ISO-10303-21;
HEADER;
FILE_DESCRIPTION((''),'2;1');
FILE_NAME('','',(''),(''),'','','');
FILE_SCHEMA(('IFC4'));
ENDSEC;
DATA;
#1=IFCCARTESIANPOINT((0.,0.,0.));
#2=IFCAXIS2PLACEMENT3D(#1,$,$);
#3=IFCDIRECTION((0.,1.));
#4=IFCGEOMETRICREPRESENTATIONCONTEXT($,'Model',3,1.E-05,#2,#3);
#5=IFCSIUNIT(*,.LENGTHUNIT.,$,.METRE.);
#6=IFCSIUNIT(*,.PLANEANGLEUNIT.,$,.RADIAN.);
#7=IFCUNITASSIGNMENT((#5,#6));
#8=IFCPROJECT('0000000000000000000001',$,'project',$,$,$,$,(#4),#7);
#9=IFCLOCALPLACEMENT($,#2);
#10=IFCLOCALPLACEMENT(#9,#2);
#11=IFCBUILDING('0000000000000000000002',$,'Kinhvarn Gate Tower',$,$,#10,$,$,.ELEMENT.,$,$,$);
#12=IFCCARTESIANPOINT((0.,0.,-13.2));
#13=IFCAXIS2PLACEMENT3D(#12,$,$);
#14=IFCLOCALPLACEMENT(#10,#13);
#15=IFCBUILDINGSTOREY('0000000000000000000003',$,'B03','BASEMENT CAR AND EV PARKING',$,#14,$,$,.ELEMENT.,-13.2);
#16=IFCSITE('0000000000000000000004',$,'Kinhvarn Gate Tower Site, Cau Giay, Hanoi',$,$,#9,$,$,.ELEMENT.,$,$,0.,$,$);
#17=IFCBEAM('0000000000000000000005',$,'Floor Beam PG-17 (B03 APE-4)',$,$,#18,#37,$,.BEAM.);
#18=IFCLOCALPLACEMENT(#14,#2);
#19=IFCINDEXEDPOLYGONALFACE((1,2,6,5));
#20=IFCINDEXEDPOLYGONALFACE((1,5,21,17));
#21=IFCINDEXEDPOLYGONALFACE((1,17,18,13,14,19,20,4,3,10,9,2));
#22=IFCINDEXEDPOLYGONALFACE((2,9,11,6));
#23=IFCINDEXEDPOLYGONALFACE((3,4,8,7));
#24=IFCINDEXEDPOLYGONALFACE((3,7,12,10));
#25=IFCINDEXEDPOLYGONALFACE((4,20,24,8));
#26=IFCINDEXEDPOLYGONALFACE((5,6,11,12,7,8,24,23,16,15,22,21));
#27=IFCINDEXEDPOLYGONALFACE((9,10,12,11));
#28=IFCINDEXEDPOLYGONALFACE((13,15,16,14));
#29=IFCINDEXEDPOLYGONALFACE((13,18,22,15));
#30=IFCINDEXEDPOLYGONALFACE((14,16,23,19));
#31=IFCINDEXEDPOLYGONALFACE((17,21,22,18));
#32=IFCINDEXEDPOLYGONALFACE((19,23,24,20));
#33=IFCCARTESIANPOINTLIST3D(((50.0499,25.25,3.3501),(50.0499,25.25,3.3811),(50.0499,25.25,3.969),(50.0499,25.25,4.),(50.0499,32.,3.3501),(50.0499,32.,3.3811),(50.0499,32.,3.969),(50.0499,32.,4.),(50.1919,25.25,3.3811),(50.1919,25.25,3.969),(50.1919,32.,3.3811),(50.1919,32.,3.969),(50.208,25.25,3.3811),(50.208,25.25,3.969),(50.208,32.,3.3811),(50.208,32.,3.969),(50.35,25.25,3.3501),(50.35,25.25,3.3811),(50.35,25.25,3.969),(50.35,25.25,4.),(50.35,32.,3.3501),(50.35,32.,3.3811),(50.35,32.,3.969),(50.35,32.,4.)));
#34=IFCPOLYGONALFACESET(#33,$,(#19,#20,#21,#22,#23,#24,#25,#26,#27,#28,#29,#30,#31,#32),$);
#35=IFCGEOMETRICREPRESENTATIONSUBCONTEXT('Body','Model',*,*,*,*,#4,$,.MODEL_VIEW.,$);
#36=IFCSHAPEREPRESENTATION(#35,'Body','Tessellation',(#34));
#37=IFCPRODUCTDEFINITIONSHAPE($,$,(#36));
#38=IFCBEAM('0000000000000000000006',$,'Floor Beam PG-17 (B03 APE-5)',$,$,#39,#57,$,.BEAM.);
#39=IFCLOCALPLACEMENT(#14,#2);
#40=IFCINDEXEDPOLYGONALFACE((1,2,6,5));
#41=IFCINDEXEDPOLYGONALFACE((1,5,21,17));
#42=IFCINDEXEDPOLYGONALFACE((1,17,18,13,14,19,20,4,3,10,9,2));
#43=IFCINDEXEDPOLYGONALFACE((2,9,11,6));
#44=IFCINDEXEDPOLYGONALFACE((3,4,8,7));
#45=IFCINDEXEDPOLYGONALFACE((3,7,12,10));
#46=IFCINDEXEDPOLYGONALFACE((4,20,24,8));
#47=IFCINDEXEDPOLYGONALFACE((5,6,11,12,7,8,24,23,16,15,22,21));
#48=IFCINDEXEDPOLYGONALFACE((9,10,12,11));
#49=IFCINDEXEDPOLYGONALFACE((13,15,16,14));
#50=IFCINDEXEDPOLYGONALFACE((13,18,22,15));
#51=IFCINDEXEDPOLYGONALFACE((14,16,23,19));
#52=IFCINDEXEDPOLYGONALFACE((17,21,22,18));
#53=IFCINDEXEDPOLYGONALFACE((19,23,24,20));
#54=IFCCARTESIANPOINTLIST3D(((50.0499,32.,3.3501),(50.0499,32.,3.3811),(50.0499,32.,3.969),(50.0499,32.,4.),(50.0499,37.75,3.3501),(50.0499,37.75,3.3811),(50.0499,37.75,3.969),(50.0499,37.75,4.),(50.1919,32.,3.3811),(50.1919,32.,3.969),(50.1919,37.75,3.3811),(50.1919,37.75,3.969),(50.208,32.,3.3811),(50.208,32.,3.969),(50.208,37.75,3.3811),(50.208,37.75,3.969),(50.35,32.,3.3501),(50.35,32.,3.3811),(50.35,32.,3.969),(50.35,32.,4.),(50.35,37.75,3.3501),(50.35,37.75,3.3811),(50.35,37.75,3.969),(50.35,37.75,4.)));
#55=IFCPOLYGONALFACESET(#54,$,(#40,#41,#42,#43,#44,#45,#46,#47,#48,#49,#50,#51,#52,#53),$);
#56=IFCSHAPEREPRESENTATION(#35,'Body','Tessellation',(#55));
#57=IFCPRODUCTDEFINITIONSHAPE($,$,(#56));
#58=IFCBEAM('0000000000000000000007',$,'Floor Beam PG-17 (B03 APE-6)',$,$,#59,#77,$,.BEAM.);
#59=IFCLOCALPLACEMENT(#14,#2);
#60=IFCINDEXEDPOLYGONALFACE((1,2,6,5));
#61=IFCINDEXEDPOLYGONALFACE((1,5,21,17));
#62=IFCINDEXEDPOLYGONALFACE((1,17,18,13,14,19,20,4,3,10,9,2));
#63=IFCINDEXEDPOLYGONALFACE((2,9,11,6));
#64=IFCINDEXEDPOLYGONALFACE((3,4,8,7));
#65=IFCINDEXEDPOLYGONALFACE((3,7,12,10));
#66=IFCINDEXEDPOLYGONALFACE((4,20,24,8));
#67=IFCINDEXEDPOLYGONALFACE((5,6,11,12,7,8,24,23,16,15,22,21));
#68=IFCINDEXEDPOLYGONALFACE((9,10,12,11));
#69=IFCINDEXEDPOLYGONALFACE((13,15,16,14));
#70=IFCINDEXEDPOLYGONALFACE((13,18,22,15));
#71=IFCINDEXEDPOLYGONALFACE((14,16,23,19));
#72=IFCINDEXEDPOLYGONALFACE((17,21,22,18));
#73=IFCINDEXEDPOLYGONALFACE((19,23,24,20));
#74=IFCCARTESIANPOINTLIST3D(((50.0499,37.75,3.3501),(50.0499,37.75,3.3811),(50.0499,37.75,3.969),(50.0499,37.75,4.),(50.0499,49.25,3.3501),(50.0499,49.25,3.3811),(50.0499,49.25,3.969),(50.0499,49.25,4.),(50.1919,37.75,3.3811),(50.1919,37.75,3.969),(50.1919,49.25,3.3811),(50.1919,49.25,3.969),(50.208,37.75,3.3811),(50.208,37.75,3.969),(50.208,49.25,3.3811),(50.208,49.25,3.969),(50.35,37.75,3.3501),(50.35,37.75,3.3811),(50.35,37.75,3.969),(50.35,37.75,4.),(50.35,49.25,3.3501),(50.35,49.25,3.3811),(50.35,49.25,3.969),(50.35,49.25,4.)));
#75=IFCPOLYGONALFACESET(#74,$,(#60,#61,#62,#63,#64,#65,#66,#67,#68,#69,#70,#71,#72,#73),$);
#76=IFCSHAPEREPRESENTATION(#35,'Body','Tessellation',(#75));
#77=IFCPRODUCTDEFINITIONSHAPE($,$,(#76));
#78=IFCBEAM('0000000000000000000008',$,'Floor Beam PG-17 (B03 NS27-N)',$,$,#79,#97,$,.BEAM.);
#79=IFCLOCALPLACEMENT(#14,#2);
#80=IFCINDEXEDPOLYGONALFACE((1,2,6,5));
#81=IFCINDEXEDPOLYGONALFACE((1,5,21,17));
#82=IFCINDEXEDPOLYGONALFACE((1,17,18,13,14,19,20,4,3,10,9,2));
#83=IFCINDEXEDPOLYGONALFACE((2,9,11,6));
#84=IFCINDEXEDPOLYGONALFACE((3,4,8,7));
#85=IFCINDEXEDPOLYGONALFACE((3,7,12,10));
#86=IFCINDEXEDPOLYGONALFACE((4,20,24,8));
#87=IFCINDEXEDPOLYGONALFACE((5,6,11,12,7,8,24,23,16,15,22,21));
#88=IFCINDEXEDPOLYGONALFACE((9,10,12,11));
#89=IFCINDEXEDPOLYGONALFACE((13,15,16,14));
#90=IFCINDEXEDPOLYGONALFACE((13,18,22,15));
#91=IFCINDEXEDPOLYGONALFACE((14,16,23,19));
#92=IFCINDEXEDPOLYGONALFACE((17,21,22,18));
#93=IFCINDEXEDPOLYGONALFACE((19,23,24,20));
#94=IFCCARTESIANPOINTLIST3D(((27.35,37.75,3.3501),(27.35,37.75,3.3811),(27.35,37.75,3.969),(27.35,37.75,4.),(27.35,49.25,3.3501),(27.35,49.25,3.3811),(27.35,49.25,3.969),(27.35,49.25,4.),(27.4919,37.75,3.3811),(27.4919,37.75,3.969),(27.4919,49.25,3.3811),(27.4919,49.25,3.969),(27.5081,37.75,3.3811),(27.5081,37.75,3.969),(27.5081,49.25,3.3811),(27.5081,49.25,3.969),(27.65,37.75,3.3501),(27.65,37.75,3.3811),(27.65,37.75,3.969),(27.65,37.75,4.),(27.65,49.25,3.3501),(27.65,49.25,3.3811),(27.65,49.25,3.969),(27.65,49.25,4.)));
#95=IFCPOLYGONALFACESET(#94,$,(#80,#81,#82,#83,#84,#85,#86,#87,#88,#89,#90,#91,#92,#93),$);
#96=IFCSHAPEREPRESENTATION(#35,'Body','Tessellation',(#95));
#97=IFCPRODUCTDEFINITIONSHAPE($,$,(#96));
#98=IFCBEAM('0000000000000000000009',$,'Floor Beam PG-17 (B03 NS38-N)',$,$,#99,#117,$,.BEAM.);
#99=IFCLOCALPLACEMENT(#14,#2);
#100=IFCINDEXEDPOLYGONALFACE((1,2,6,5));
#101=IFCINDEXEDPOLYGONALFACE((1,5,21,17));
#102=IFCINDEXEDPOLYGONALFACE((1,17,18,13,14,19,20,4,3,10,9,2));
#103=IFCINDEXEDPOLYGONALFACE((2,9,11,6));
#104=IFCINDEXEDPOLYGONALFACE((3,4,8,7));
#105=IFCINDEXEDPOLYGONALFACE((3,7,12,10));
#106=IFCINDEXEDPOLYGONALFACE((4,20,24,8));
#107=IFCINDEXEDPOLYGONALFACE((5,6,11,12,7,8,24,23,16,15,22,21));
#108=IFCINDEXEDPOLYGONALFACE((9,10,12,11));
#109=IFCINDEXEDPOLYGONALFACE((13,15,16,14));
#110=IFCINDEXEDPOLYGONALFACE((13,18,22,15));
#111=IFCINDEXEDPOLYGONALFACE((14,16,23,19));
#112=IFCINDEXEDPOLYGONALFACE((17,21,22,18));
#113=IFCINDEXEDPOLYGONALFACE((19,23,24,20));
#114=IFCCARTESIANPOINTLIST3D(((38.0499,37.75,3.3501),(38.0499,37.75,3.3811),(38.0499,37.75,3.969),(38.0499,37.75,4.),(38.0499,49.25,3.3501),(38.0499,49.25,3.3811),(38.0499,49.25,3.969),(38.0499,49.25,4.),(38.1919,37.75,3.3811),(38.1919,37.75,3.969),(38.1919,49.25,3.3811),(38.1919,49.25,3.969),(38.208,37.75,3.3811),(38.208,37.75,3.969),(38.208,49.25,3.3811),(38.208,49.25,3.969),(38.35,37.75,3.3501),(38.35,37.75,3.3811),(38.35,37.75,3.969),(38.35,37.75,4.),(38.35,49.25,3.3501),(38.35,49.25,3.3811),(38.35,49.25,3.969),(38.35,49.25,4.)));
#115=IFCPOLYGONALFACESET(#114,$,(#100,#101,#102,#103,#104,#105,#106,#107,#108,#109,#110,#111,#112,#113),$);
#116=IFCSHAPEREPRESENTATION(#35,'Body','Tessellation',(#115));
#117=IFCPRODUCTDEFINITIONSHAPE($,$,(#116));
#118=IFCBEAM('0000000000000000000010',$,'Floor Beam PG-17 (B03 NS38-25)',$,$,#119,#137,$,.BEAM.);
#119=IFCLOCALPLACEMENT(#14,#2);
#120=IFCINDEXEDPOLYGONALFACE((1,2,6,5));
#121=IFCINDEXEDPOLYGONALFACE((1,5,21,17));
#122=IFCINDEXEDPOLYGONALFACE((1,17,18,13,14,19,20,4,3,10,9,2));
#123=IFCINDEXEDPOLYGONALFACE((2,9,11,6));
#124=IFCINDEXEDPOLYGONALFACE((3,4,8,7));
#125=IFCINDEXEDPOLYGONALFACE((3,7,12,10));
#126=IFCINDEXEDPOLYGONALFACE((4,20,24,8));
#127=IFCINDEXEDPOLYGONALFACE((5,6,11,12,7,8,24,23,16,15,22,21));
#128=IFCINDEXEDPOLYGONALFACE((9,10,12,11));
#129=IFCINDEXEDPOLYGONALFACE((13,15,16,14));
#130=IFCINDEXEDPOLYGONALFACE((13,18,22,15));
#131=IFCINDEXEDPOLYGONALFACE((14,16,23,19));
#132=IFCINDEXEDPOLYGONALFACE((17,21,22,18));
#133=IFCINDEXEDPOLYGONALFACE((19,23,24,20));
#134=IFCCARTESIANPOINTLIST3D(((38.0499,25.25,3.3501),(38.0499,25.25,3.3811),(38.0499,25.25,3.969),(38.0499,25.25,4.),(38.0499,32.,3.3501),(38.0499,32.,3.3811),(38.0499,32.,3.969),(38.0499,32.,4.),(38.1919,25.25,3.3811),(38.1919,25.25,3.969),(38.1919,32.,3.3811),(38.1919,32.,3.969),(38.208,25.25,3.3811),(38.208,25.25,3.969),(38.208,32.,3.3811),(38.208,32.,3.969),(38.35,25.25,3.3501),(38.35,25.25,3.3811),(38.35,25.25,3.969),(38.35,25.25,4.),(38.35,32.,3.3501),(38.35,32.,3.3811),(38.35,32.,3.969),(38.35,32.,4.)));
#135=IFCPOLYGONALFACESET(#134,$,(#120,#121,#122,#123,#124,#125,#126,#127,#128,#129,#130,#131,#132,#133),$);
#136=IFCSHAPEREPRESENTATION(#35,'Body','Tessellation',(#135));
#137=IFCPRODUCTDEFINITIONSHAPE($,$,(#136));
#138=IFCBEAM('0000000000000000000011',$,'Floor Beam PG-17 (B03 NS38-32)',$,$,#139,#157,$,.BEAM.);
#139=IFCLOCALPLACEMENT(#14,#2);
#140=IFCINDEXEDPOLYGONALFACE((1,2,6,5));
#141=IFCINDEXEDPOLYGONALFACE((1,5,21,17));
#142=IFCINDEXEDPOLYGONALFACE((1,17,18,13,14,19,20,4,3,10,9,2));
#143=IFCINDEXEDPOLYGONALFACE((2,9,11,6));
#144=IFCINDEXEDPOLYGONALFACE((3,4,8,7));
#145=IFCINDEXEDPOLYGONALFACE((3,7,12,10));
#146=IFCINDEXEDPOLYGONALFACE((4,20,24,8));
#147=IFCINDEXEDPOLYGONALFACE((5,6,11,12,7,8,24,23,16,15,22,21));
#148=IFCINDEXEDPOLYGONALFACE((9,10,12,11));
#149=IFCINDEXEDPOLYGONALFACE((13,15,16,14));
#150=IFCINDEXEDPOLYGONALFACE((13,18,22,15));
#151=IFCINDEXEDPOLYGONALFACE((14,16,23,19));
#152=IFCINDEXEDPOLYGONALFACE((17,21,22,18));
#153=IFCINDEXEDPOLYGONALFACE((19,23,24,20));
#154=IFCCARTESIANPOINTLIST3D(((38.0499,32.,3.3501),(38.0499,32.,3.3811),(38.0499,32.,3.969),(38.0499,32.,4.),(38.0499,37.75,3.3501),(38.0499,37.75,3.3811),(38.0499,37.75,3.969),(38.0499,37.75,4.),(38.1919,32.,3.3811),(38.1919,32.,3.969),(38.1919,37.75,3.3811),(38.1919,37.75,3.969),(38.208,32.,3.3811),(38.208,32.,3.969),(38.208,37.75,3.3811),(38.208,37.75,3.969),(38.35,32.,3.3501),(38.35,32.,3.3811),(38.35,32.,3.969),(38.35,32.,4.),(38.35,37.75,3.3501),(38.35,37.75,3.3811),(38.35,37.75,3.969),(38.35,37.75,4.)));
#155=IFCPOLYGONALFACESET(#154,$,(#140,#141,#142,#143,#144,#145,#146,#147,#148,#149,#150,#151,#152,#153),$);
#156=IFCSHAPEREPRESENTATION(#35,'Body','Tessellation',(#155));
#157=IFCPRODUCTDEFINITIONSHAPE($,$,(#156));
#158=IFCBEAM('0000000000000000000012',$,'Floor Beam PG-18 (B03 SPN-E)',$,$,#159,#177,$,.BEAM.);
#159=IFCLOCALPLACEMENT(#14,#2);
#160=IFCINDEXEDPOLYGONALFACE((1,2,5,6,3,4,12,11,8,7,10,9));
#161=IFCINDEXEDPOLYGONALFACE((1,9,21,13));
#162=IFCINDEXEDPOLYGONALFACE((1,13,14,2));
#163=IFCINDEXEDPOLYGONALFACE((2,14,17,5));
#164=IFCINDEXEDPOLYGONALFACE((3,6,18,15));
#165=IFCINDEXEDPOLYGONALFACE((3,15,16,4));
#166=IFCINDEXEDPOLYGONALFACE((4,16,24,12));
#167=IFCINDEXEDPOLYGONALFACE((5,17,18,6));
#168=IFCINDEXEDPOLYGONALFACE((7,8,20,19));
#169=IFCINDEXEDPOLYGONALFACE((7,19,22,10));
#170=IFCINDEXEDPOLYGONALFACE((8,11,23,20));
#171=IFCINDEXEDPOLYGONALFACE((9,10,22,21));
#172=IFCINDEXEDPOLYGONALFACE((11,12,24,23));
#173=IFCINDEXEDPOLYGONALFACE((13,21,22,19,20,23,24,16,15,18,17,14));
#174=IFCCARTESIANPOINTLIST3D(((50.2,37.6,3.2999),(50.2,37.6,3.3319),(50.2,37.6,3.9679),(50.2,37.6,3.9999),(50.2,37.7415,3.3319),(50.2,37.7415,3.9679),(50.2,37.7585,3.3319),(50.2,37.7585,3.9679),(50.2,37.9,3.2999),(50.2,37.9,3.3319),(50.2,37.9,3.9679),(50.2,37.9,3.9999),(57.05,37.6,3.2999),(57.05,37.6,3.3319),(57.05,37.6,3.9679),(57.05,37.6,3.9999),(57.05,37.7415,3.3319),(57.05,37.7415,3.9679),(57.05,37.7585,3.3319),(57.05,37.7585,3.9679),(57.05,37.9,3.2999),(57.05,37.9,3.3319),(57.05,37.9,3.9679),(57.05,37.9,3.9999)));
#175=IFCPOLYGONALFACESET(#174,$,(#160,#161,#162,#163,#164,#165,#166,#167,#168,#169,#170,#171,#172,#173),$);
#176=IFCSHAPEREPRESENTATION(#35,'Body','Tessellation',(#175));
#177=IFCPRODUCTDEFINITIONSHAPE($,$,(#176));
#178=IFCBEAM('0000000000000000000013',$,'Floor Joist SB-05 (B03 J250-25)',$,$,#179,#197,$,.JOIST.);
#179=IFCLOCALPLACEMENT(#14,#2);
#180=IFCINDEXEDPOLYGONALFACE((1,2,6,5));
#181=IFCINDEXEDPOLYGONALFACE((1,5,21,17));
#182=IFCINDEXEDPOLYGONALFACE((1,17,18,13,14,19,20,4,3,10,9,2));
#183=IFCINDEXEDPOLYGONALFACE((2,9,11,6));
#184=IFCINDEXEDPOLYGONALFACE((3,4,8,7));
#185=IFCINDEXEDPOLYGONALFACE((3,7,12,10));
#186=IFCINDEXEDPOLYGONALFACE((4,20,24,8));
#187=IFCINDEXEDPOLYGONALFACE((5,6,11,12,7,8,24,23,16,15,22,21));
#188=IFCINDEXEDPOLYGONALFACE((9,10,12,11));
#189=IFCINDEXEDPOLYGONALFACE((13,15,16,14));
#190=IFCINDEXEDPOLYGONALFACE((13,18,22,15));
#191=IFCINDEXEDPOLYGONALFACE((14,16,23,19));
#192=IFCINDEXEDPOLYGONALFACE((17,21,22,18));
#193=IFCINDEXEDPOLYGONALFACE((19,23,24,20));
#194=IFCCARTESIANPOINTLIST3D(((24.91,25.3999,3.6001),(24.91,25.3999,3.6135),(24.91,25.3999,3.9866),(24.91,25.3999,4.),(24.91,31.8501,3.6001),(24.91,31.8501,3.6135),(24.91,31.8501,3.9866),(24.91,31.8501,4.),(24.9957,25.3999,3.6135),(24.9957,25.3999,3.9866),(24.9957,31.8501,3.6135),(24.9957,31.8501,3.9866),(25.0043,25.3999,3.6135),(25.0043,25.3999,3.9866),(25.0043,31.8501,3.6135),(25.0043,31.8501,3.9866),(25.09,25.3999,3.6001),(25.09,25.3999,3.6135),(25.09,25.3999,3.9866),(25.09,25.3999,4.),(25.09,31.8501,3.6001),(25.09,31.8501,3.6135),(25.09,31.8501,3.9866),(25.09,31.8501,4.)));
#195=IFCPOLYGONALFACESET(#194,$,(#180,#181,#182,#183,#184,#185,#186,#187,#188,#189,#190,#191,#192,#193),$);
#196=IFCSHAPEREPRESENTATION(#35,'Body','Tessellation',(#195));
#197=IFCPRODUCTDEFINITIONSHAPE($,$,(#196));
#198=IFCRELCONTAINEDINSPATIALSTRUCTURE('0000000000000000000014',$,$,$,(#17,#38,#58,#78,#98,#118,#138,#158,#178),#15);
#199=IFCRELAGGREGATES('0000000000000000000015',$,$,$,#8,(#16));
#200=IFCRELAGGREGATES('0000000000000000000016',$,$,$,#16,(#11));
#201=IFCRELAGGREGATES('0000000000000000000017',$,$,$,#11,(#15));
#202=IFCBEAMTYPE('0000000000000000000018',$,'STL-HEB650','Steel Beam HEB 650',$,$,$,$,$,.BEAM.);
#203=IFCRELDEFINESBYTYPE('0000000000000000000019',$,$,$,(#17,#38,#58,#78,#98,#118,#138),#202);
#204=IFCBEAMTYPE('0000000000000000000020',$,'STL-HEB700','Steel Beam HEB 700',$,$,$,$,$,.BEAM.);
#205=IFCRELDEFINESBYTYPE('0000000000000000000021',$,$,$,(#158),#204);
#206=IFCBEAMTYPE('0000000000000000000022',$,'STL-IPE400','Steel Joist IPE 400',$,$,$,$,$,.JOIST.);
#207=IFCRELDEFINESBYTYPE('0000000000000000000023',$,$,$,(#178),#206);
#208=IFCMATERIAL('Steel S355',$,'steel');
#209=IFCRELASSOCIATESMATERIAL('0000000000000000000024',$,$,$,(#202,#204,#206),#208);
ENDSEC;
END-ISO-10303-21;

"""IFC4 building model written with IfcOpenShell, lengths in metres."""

from ifc_helpers import new_model, si_unit, direction, frame, origin, origin_2d, place, context, subcontext, project, spatial, i_section, extrude, material, material_profile, profile_set, type_object, element, save


model = new_model("IFC4")

# Units and contexts
model_context = context("Model", 3, precision=1e-05, world=origin(), true_north=direction((0.0, 1.0)))
body_context = subcontext(model_context, "Body", "Model", "MODEL_VIEW")
ifc_project = project(units=[si_unit("LENGTHUNIT", "METRE"), si_unit("PLANEANGLEUNIT", "RADIAN")], contexts=[model_context])

# Site, building, storey
site_placement = place(None, origin())
site = spatial("IfcSite", under=ifc_project, at=site_placement, Name="Kinhvarn Gate Tower Site, Cau Giay, Hanoi", CompositionType="ELEMENT", RefElevation=0.0)
building_placement = place(site_placement, origin())
building = spatial("IfcBuilding", under=site, at=building_placement, Name="Kinhvarn Gate Tower", CompositionType="ELEMENT")
storey_placement = place(building_placement, frame((0.0, 0.0, -13.2)))
storey = spatial("IfcBuildingStorey", under=building, at=storey_placement, Name="B03", Description="BASEMENT CAR AND EV PARKING", CompositionType="ELEMENT", Elevation=-13.2)

# Beams
ifc_material = material(Name="Steel S355", Category="steel")
ifc_material_profile_1 = material_profile(ifc_material, i_section(OverallWidth=0.3, OverallDepth=0.6499, WebThickness=0.0161, FlangeThickness=0.031, at=origin_2d()), Name="HEB 650")
ifc_profile_set_1 = profile_set([ifc_material_profile_1], Name="Steel S355")
beam_type_1 = type_object("IfcBeamType", Name="STL-HEB650", Description="Steel Beam HEB 650", PredefinedType="BEAM", material=ifc_profile_set_1)
beam_1_placement = place(storey_placement, frame((50.2, 25.25, 3.675), z_axis=(0.0, 1.0, 0.0), x_axis=(-1.0, 0.0, 0.0)))
element("IfcBeam", 1, at=beam_1_placement, inside=storey, type_object=beam_type_1, Name="Floor Beam PG-17 (B03 APE-4)", PredefinedType="BEAM", context=body_context, shape_type="SweptSolid", body=[
    extrude(i_section(OverallWidth=0.3, OverallDepth=0.6499, WebThickness=0.0161, FlangeThickness=0.031, at=origin_2d()), origin(), (0.0, 0.0, 1.0), 6.75),
])
beam_2_placement = place(storey_placement, frame((50.2, 32.0, 3.675), z_axis=(0.0, 1.0, 0.0), x_axis=(-1.0, 0.0, 0.0)))
element("IfcBeam", 2, at=beam_2_placement, inside=storey, type_object=beam_type_1, Name="Floor Beam PG-17 (B03 APE-5)", PredefinedType="BEAM", context=body_context, shape_type="SweptSolid", body=[
    extrude(i_section(OverallWidth=0.3, OverallDepth=0.6499, WebThickness=0.0161, FlangeThickness=0.031, at=origin_2d()), origin(), (0.0, 0.0, 1.0), 5.75),
])
for number, where, z_axis, x_axis, name in (
    (3, (50.2, 37.75, 3.675), (0.0, 1.0, 0.0), (-1.0, 0.0, 0.0), "Floor Beam PG-17 (B03 APE-6)"),
    (4, (27.5, 37.75, 3.675), (0.0, 1.0, 0.0), (-1.0, 0.0, 0.0), "Floor Beam PG-17 (B03 NS27-N)"),
    (5, (38.2, 37.75, 3.675), (0.0, 1.0, 0.0), (-1.0, 0.0, 0.0), "Floor Beam PG-17 (B03 NS38-N)"),
):
    element("IfcBeam", number, at=place(storey_placement, frame(where, z_axis=z_axis, x_axis=x_axis)), inside=storey, type_object=beam_type_1, Name=name, PredefinedType="BEAM", context=body_context, shape_type="SweptSolid", body=[
        extrude(i_section(OverallWidth=0.3, OverallDepth=0.6499, WebThickness=0.0161, FlangeThickness=0.031, at=origin_2d()), origin(), (0.0, 0.0, 1.0), 11.5),
    ])
beam_3_placement = place(storey_placement, frame((38.2, 25.25, 3.675), z_axis=(0.0, 1.0, 0.0), x_axis=(-1.0, 0.0, 0.0)))
element("IfcBeam", 6, at=beam_3_placement, inside=storey, type_object=beam_type_1, Name="Floor Beam PG-17 (B03 NS38-25)", PredefinedType="BEAM", context=body_context, shape_type="SweptSolid", body=[
    extrude(i_section(OverallWidth=0.3, OverallDepth=0.6499, WebThickness=0.0161, FlangeThickness=0.031, at=origin_2d()), origin(), (0.0, 0.0, 1.0), 6.75),
])
beam_4_placement = place(storey_placement, frame((38.2, 32.0, 3.675), z_axis=(0.0, 1.0, 0.0), x_axis=(-1.0, 0.0, 0.0)))
element("IfcBeam", 7, at=beam_4_placement, inside=storey, type_object=beam_type_1, Name="Floor Beam PG-17 (B03 NS38-32)", PredefinedType="BEAM", context=body_context, shape_type="SweptSolid", body=[
    extrude(i_section(OverallWidth=0.3, OverallDepth=0.6499, WebThickness=0.0161, FlangeThickness=0.031, at=origin_2d()), origin(), (0.0, 0.0, 1.0), 5.75),
])
ifc_material_profile_2 = material_profile(ifc_material, i_section(OverallWidth=0.3, OverallDepth=0.7, WebThickness=0.0171, FlangeThickness=0.032, at=origin_2d()), Name="HEB 700")
ifc_profile_set_2 = profile_set([ifc_material_profile_2], Name="Steel S355")
beam_type_2 = type_object("IfcBeamType", Name="STL-HEB700", Description="Steel Beam HEB 700", PredefinedType="BEAM", material=ifc_profile_set_2)
beam_5_placement = place(storey_placement, frame((50.2, 37.75, 3.6499), z_axis=(1.0, 0.0, 0.0), x_axis=(0.0, 1.0, 0.0)))
element("IfcBeam", 8, at=beam_5_placement, inside=storey, type_object=beam_type_2, Name="Floor Beam PG-18 (B03 SPN-E)", PredefinedType="BEAM", context=body_context, shape_type="SweptSolid", body=[
    extrude(i_section(OverallWidth=0.3, OverallDepth=0.7, WebThickness=0.0171, FlangeThickness=0.032, at=origin_2d()), origin(), (0.0, 0.0, 1.0), 6.8501),
])
ifc_material_profile_3 = material_profile(ifc_material, i_section(OverallWidth=0.1799, OverallDepth=0.3999, WebThickness=0.0085, FlangeThickness=0.0134, at=origin_2d()), Name="IPE 400")
ifc_profile_set_3 = profile_set([ifc_material_profile_3], Name="Steel S355")
beam_type_3 = type_object("IfcBeamType", Name="STL-IPE400", Description="Steel Joist IPE 400", PredefinedType="JOIST", material=ifc_profile_set_3)
for number, where, z_axis, x_axis, name in (
    (9, (25.0, 25.3999, 3.8), (0.0, 1.0, 0.0), (-1.0, 0.0, 0.0), "Floor Joist SB-05 (B03 J250-25)"),
):
    element("IfcBeam", number, at=place(storey_placement, frame(where, z_axis=z_axis, x_axis=x_axis)), inside=storey, type_object=beam_type_3, Name=name, PredefinedType="JOIST", context=body_context, shape_type="SweptSolid", body=[
        extrude(i_section(OverallWidth=0.1799, OverallDepth=0.3999, WebThickness=0.0085, FlangeThickness=0.0134, at=origin_2d()), origin(), (0.0, 0.0, 1.0), 6.4502),
    ])

save(model, "model.ifc")
